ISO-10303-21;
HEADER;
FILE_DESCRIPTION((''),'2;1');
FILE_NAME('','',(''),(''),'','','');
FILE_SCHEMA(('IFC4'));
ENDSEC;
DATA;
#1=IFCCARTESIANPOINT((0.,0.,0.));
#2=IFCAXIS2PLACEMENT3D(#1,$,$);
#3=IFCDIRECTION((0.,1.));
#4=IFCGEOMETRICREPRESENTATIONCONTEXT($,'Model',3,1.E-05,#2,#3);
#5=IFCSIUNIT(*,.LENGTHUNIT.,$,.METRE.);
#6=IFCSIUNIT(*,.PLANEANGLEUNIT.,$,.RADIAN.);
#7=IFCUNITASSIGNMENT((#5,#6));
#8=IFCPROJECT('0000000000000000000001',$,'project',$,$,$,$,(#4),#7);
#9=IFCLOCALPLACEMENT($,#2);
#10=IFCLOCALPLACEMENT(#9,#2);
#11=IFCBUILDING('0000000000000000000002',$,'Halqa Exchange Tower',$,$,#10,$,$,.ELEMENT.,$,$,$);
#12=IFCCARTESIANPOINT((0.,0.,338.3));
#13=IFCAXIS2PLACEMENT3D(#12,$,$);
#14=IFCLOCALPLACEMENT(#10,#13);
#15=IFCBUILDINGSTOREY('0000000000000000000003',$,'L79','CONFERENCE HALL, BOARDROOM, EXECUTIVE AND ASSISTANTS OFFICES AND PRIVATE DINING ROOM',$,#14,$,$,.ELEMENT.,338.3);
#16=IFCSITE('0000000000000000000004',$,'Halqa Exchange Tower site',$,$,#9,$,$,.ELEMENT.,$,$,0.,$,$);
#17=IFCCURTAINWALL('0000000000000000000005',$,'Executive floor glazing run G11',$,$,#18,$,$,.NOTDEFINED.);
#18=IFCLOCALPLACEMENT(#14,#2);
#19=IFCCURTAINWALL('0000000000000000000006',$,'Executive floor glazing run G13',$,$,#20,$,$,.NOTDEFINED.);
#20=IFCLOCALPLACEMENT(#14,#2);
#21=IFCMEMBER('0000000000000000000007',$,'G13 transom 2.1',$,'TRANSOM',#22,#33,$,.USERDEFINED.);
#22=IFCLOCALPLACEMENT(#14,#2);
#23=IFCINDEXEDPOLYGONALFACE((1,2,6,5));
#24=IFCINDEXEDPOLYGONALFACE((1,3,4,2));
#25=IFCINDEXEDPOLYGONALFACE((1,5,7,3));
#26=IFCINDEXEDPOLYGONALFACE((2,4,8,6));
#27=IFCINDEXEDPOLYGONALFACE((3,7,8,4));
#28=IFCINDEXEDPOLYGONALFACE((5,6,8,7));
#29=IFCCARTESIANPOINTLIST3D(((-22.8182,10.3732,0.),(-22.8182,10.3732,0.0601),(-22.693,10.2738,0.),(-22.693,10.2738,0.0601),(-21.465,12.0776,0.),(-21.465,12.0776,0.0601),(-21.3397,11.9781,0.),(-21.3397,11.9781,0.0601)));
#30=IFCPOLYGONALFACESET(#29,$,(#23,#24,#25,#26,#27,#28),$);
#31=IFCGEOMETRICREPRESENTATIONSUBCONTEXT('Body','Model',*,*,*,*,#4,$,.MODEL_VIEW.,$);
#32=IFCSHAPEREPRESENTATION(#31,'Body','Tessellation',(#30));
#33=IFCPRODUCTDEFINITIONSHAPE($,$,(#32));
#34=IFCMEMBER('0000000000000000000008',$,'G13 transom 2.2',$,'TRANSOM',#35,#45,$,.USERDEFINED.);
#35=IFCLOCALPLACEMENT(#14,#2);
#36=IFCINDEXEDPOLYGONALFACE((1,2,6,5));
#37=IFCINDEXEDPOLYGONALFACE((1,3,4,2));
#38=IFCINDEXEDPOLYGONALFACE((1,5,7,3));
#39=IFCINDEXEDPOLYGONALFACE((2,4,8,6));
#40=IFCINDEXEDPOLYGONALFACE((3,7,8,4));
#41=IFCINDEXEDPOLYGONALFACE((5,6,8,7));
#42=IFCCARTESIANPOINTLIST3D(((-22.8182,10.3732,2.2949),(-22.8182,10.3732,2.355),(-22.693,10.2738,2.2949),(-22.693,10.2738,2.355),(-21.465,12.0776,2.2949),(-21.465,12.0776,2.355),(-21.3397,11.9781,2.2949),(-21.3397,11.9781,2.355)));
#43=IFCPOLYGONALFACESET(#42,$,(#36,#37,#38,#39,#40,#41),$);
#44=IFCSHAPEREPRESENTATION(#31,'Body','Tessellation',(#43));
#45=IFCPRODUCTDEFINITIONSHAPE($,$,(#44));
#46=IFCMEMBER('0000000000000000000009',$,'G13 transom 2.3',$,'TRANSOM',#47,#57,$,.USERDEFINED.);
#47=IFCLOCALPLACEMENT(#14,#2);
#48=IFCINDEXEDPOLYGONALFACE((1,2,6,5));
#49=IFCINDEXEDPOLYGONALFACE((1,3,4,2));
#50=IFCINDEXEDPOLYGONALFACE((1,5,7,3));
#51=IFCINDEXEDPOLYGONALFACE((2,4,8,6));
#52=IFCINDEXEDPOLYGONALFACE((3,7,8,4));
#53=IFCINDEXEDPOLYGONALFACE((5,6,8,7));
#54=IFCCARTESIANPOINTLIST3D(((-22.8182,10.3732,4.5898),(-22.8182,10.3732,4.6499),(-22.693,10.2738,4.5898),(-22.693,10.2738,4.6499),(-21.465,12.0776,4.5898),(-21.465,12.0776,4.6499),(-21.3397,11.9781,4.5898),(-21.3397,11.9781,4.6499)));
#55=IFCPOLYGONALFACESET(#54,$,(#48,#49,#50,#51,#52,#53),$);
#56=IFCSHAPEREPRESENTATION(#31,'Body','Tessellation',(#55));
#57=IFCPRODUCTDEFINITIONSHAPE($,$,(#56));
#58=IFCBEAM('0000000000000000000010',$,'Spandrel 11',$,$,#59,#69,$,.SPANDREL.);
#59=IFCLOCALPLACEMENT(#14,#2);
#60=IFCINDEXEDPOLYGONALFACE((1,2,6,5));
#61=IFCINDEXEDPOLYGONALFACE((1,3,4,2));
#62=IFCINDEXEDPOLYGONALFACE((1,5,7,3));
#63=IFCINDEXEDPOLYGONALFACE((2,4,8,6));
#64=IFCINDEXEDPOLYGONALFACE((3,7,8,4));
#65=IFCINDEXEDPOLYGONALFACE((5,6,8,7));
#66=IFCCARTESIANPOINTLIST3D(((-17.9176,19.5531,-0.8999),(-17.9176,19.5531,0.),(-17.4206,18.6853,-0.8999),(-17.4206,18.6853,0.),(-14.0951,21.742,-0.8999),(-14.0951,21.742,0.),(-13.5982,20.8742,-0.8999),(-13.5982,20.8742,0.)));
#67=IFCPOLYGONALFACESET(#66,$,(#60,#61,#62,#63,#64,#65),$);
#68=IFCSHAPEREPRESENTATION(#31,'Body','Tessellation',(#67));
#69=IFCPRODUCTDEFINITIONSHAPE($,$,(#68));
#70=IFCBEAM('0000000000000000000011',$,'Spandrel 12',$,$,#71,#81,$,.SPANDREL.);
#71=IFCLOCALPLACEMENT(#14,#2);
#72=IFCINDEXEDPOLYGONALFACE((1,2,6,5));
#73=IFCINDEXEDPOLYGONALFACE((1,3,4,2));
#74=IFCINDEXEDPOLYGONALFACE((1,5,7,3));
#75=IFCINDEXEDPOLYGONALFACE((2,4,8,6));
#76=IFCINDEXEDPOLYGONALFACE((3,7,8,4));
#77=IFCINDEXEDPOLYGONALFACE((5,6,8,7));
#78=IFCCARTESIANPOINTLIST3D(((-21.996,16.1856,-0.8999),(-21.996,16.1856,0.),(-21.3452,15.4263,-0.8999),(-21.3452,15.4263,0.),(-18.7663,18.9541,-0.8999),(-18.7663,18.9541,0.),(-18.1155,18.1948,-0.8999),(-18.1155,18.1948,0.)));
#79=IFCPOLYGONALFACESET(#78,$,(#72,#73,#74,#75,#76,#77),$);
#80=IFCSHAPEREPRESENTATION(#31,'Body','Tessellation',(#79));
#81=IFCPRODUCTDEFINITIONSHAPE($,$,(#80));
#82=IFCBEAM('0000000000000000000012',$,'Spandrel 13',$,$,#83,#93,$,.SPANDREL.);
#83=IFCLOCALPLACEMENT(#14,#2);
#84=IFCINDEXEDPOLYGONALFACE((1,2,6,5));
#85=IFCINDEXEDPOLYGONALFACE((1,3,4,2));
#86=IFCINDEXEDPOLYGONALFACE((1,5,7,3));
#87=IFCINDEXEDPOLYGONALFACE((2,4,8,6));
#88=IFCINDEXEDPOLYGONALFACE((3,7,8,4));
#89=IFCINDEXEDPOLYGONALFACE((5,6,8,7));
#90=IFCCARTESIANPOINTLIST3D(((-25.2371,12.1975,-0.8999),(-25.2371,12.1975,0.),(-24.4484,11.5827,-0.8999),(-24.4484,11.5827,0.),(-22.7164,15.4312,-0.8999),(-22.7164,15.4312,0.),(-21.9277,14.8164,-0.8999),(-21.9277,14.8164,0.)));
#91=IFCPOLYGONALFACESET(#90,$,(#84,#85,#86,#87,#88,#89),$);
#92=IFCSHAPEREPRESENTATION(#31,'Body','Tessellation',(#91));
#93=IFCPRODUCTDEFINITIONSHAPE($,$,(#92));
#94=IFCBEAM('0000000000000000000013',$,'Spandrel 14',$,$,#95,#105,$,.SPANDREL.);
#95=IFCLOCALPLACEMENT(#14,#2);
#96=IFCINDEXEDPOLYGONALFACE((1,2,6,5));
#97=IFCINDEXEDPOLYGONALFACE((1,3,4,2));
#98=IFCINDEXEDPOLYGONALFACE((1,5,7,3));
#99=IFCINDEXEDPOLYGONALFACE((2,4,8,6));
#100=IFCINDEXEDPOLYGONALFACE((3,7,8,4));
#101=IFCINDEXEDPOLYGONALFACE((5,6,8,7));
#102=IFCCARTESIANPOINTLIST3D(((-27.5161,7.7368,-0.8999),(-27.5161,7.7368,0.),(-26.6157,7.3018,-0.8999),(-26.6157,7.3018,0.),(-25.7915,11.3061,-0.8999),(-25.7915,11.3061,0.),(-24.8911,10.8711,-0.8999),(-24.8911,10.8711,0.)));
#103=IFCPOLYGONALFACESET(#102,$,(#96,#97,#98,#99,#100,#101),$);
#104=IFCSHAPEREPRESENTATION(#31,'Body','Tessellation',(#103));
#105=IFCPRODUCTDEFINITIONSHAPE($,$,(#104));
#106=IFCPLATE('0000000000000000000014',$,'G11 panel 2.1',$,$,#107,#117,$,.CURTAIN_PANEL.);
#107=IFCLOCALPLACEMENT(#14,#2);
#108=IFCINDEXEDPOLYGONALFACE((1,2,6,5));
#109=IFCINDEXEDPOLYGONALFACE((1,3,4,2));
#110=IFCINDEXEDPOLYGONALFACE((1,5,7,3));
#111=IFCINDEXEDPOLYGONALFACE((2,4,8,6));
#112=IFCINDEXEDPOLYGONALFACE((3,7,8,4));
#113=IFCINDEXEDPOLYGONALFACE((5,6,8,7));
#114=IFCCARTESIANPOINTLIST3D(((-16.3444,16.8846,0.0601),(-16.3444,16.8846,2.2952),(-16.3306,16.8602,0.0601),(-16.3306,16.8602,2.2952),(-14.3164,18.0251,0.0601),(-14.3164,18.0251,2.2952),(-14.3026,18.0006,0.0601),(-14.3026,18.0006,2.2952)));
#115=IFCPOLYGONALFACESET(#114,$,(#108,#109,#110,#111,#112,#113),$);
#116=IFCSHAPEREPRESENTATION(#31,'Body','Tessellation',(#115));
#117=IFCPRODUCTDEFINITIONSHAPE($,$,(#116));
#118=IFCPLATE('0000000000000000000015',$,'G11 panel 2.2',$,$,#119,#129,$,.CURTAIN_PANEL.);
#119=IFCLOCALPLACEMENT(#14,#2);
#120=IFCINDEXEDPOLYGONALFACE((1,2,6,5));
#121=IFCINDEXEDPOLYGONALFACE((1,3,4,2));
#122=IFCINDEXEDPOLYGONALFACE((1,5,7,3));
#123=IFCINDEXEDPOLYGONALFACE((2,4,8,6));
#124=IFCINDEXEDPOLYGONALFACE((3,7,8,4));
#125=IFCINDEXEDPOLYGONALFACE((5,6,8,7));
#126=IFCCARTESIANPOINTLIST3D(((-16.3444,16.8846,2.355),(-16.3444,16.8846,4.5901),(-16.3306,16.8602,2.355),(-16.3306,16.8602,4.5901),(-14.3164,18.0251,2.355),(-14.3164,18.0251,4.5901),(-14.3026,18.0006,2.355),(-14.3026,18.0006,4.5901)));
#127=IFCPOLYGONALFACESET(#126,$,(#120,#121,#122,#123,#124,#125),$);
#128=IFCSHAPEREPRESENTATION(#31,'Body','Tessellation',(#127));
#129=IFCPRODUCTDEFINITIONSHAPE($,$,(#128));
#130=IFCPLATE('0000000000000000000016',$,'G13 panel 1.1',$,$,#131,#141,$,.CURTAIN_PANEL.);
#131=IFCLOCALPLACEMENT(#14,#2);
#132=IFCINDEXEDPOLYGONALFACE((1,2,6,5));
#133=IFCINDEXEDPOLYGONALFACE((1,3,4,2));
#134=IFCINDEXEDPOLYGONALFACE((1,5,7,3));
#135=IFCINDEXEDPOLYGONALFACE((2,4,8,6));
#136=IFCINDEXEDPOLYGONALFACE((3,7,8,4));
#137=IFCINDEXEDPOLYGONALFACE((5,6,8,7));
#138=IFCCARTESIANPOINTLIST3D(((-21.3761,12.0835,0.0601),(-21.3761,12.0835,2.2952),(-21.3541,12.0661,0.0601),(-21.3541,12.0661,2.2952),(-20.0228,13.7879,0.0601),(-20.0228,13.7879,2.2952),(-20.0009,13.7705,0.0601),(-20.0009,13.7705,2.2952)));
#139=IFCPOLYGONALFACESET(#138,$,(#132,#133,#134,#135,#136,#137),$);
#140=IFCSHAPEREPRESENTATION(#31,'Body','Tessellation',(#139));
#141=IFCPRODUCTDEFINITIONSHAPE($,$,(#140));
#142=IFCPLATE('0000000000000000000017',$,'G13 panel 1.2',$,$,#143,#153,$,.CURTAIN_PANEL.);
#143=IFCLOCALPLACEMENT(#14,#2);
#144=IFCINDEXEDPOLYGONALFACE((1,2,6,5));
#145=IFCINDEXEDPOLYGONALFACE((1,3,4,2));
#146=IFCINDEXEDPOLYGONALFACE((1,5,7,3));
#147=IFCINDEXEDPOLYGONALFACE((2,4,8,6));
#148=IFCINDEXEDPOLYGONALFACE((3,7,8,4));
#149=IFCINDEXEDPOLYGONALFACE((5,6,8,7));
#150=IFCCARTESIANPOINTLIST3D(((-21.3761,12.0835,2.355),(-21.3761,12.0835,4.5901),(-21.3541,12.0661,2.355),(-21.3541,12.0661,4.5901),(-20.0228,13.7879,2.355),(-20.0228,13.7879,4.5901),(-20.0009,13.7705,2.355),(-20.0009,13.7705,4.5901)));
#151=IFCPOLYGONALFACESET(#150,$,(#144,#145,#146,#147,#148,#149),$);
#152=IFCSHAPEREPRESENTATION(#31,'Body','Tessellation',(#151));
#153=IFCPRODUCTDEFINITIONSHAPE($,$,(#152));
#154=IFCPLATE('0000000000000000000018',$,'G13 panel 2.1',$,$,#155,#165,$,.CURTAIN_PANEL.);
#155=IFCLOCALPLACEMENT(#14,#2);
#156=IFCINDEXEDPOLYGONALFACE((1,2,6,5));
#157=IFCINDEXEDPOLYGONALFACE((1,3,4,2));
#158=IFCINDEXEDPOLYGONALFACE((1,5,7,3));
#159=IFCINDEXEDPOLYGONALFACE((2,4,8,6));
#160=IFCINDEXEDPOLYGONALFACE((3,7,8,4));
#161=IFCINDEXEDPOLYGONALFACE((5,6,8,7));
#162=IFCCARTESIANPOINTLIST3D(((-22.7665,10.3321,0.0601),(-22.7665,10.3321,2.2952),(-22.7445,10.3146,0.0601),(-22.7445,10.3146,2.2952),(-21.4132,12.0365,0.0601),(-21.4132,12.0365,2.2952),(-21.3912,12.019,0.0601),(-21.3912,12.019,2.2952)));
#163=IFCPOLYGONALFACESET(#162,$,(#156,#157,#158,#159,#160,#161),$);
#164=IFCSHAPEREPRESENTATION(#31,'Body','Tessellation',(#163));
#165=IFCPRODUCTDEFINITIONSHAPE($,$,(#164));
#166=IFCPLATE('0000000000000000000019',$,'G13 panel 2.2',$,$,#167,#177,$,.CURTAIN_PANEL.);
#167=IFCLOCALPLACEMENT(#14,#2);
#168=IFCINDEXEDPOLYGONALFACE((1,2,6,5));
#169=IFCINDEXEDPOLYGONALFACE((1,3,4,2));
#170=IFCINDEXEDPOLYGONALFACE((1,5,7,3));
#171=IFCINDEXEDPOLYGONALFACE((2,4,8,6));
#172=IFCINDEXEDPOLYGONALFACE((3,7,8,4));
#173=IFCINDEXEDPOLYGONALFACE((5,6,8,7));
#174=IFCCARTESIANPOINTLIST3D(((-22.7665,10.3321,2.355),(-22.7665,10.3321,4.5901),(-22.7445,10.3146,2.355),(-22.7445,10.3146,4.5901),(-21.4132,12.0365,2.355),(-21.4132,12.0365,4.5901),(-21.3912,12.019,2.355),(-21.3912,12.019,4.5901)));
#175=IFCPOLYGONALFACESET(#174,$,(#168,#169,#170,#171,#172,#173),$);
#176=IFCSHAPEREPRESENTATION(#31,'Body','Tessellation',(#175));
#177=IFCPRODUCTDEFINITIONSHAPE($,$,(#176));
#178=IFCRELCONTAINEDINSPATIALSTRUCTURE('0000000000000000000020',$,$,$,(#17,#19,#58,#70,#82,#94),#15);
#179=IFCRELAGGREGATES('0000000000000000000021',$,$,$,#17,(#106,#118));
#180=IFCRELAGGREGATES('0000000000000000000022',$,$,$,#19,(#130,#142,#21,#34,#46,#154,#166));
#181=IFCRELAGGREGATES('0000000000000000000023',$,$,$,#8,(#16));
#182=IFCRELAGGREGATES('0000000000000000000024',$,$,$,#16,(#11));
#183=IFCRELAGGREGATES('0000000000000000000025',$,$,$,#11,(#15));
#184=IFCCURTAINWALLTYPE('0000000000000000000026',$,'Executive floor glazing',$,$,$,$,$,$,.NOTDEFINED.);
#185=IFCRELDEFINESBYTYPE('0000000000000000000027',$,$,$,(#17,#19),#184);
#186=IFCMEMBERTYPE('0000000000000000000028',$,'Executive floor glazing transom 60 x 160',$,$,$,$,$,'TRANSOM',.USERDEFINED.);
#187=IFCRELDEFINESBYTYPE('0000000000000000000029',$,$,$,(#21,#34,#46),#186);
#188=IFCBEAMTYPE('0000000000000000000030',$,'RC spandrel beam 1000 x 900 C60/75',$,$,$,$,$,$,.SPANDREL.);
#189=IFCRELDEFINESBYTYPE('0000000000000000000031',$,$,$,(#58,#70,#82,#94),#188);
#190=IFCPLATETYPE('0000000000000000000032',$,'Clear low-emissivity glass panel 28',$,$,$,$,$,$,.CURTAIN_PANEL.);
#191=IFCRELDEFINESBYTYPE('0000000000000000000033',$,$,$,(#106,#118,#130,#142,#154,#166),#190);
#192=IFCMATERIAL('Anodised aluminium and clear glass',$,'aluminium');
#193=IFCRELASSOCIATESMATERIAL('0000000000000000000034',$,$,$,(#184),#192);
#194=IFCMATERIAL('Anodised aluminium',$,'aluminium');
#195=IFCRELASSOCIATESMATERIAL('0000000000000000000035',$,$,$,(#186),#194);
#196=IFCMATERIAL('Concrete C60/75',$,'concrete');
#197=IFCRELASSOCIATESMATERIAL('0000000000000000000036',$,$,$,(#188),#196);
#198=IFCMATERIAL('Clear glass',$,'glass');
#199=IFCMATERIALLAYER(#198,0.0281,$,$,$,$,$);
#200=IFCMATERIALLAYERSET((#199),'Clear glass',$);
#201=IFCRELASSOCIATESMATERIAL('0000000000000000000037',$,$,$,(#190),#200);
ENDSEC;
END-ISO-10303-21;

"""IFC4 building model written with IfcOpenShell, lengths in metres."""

from ifc_helpers import new_model, si_unit, direction, frame, origin, origin_2d, place, context, subcontext, project, spatial, rectangle, extrude, material, layer, layer_set, material_profile, profile_set, type_object, element, aggregate, save


model = new_model("IFC4")

# Units and contexts
model_context = context("Model", 3, precision=1e-05, world=origin(), true_north=direction((0.0, 1.0)))
body_context = subcontext(model_context, "Body", "Model", "MODEL_VIEW")
ifc_project = project(units=[si_unit("LENGTHUNIT", "METRE"), si_unit("PLANEANGLEUNIT", "RADIAN")], contexts=[model_context])

# Site, building, storey
site_placement = place(None, origin())
site = spatial("IfcSite", under=ifc_project, at=site_placement, Name="Halqa Exchange Tower site", CompositionType="ELEMENT", RefElevation=0.0)
building_placement = place(site_placement, origin())
building = spatial("IfcBuilding", under=site, at=building_placement, Name="Halqa Exchange Tower", CompositionType="ELEMENT")
storey_placement = place(building_placement, frame((0.0, 0.0, 338.3)))
storey = spatial("IfcBuildingStorey", under=building, at=storey_placement, Name="L79", Description="CONFERENCE HALL, BOARDROOM, EXECUTIVE AND ASSISTANTS OFFICES AND PRIVATE DINING ROOM", CompositionType="ELEMENT", Elevation=338.3)

# Curtain walls
ifc_material_1 = material(Name="Anodised aluminium and clear glass", Category="aluminium")
curtain_wall_type = type_object("IfcCurtainWallType", Name="Executive floor glazing", PredefinedType="NOTDEFINED", material=ifc_material_1)
curtain_wall_1_placement = place(storey_placement, origin())
curtain_wall_1 = element("IfcCurtainWall", 1, at=curtain_wall_1_placement, inside=storey, type_object=curtain_wall_type, Name="Executive floor glazing run G11", PredefinedType="NOTDEFINED")
ifc_material_2 = material(Name="Anodised aluminium", Category="aluminium")
curtain_wall_2_placement = place(storey_placement, origin())
curtain_wall_2 = element("IfcCurtainWall", 2, at=curtain_wall_2_placement, inside=storey, type_object=curtain_wall_type, Name="Executive floor glazing run G13", PredefinedType="NOTDEFINED")

# Members
ifc_material_profile_1 = material_profile(ifc_material_2, rectangle(XDim=0.1599, YDim=0.0601, at=origin_2d()), Name="AL 60x160")
ifc_profile_set_1 = profile_set([ifc_material_profile_1], Name="Anodised aluminium")
member_type_1 = type_object("IfcMemberType", Name="Executive floor glazing transom 60 x 160", ElementType="TRANSOM", PredefinedType="USERDEFINED", material=ifc_profile_set_1)
member_1_placement = place(storey_placement, frame((-21.4023, 12.0278, 0.03), z_axis=(-0.621832, -0.783151, 0.0), x_axis=(0.783151, -0.621832, 0.0)))
member_1 = element("IfcMember", 3, at=member_1_placement, type_object=member_type_1, Name="G13 transom 2.1", ObjectType="TRANSOM", PredefinedType="USERDEFINED", context=body_context, shape_type="SweptSolid", body=[
    extrude(rectangle(XDim=0.1599, YDim=0.0601, at=origin_2d()), origin(), (0.0, 0.0, 1.0), 2.1763),
])
member_2_placement = place(storey_placement, frame((-21.4023, 12.0278, 2.325), z_axis=(-0.621832, -0.783151, 0.0), x_axis=(0.783151, -0.621832, 0.0)))
member_2 = element("IfcMember", 4, at=member_2_placement, type_object=member_type_1, Name="G13 transom 2.2", ObjectType="TRANSOM", PredefinedType="USERDEFINED", context=body_context, shape_type="SweptSolid", body=[
    extrude(rectangle(XDim=0.1599, YDim=0.0601, at=origin_2d()), origin(), (0.0, 0.0, 1.0), 2.1763),
])
member_3_placement = place(storey_placement, frame((-21.4023, 12.0278, 4.6199), z_axis=(-0.621832, -0.783151, 0.0), x_axis=(0.783151, -0.621832, 0.0)))
member_3 = element("IfcMember", 5, at=member_3_placement, type_object=member_type_1, Name="G13 transom 2.3", ObjectType="TRANSOM", PredefinedType="USERDEFINED", context=body_context, shape_type="SweptSolid", body=[
    extrude(rectangle(XDim=0.1599, YDim=0.0601, at=origin_2d()), origin(), (0.0, 0.0, 1.0), 2.1763),
])

# Beams
ifc_material_3 = material(Name="Concrete C60/75", Category="concrete")
ifc_material_profile_2 = material_profile(ifc_material_3, rectangle(XDim=1.0, YDim=0.8999, at=origin_2d()), Name="1000 x 900")
ifc_profile_set_2 = profile_set([ifc_material_profile_2], Name="Concrete C60/75")
beam_type = type_object("IfcBeamType", Name="RC spandrel beam 1000 x 900 C60/75", PredefinedType="SPANDREL", material=ifc_profile_set_2)
beam_1_placement = place(storey_placement, frame((-13.8467, 21.3081, -0.45), z_axis=(-0.867786, -0.496939, 0.0), x_axis=(0.496939, -0.867786, 0.0)))
element("IfcBeam", 6, at=beam_1_placement, inside=storey, type_object=beam_type, Name="Spandrel 11", PredefinedType="SPANDREL", context=body_context, shape_type="SweptSolid", body=[
    extrude(rectangle(XDim=1.0, YDim=0.8999, at=origin_2d()), origin(), (0.0, 0.0, 1.0), 4.4048),
])
beam_2_placement = place(storey_placement, frame((-18.4409, 18.5745, -0.45), z_axis=(-0.759232, -0.65082, 0.0), x_axis=(0.65082, -0.759232, 0.0)))
element("IfcBeam", 7, at=beam_2_placement, inside=storey, type_object=beam_type, Name="Spandrel 12", PredefinedType="SPANDREL", context=body_context, shape_type="SweptSolid", body=[
    extrude(rectangle(XDim=1.0, YDim=0.8999, at=origin_2d()), origin(), (0.0, 0.0, 1.0), 4.2539),
])
beam_3_placement = place(storey_placement, frame((-22.322, 15.1238, -0.45), z_axis=(-0.614806, -0.788678, 0.0), x_axis=(0.788678, -0.614806, 0.0)))
element("IfcBeam", 8, at=beam_3_placement, inside=storey, type_object=beam_type, Name="Spandrel 13", PredefinedType="SPANDREL", context=body_context, shape_type="SweptSolid", body=[
    extrude(rectangle(XDim=1.0, YDim=0.8999, at=origin_2d()), origin(), (0.0, 0.0, 1.0), 4.1001),
])
beam_4_placement = place(storey_placement, frame((-25.3413, 11.0886, -0.45), z_axis=(-0.435052, -0.900405, 0.0), x_axis=(0.900405, -0.435052, 0.0)))
element("IfcBeam", 9, at=beam_4_placement, inside=storey, type_object=beam_type, Name="Spandrel 14", PredefinedType="SPANDREL", context=body_context, shape_type="SweptSolid", body=[
    extrude(rectangle(XDim=1.0, YDim=0.8999, at=origin_2d()), origin(), (0.0, 0.0, 1.0), 3.9641),
])

# Plates
ifc_material_4 = material(Name="Clear glass", Category="glass")
ifc_layer_1 = layer(ifc_material_4, 0.0281)
ifc_layer_set_1 = layer_set([ifc_layer_1], Name="Clear glass")
plate_type = type_object("IfcPlateType", Name="Clear low-emissivity glass panel 28", PredefinedType="CURTAIN_PANEL", material=ifc_layer_set_1)
plate_1_placement = place(storey_placement, frame((-15.3235, 17.4426, 0.0601), z_axis=(0.0, 0.0, 1.0), x_axis=(-0.871634, -0.490158, 0.0)))
plate_1 = element("IfcPlate", 10, at=plate_1_placement, type_object=plate_type, Name="G11 panel 2.1", PredefinedType="CURTAIN_PANEL", context=body_context, shape_type="SweptSolid", body=[
    extrude(rectangle(XDim=2.3267, YDim=0.0281, at=origin_2d()), origin(), (0.0, 0.0, 1.0), 2.2351),
])
plate_2_placement = place(storey_placement, frame((-15.3235, 17.4426, 2.355), z_axis=(0.0, 0.0, 1.0), x_axis=(-0.871634, -0.490158, 0.0)))
plate_2 = element("IfcPlate", 11, at=plate_2_placement, type_object=plate_type, Name="G11 panel 2.2", PredefinedType="CURTAIN_PANEL", context=body_context, shape_type="SweptSolid", body=[
    extrude(rectangle(XDim=2.3267, YDim=0.0281, at=origin_2d()), origin(), (0.0, 0.0, 1.0), 2.2351),
])
aggregate(curtain_wall_1, [plate_1, plate_2])
plate_3_placement = place(storey_placement, frame((-20.6885, 12.927, 0.0601), z_axis=(0.0, 0.0, 1.0), x_axis=(-0.621817, -0.783162, 0.0)))
plate_3 = element("IfcPlate", 12, at=plate_3_placement, type_object=plate_type, Name="G13 panel 1.1", PredefinedType="CURTAIN_PANEL", context=body_context, shape_type="SweptSolid", body=[
    extrude(rectangle(XDim=2.1763, YDim=0.0281, at=origin_2d()), origin(), (0.0, 0.0, 1.0), 2.2351),
])
plate_4_placement = place(storey_placement, frame((-20.6885, 12.927, 2.355), z_axis=(0.0, 0.0, 1.0), x_axis=(-0.621817, -0.783162, 0.0)))
plate_4 = element("IfcPlate", 13, at=plate_4_placement, type_object=plate_type, Name="G13 panel 1.2", PredefinedType="CURTAIN_PANEL", context=body_context, shape_type="SweptSolid", body=[
    extrude(rectangle(XDim=2.1763, YDim=0.0281, at=origin_2d()), origin(), (0.0, 0.0, 1.0), 2.2351),
])
plate_5_placement = place(storey_placement, frame((-22.0789, 11.1755, 0.0601), z_axis=(0.0, 0.0, 1.0), x_axis=(-0.621817, -0.783162, 0.0)))
plate_5 = element("IfcPlate", 14, at=plate_5_placement, type_object=plate_type, Name="G13 panel 2.1", PredefinedType="CURTAIN_PANEL", context=body_context, shape_type="SweptSolid", body=[
    extrude(rectangle(XDim=2.1763, YDim=0.0281, at=origin_2d()), origin(), (0.0, 0.0, 1.0), 2.2351),
])
plate_6_placement = place(storey_placement, frame((-22.0789, 11.1755, 2.355), z_axis=(0.0, 0.0, 1.0), x_axis=(-0.621817, -0.783162, 0.0)))
plate_6 = element("IfcPlate", 15, at=plate_6_placement, type_object=plate_type, Name="G13 panel 2.2", PredefinedType="CURTAIN_PANEL", context=body_context, shape_type="SweptSolid", body=[
    extrude(rectangle(XDim=2.1763, YDim=0.0281, at=origin_2d()), origin(), (0.0, 0.0, 1.0), 2.2351),
])
aggregate(curtain_wall_2, [plate_3, plate_4, member_1, member_2, member_3, plate_5, plate_6])

save(model, "model.ifc")
